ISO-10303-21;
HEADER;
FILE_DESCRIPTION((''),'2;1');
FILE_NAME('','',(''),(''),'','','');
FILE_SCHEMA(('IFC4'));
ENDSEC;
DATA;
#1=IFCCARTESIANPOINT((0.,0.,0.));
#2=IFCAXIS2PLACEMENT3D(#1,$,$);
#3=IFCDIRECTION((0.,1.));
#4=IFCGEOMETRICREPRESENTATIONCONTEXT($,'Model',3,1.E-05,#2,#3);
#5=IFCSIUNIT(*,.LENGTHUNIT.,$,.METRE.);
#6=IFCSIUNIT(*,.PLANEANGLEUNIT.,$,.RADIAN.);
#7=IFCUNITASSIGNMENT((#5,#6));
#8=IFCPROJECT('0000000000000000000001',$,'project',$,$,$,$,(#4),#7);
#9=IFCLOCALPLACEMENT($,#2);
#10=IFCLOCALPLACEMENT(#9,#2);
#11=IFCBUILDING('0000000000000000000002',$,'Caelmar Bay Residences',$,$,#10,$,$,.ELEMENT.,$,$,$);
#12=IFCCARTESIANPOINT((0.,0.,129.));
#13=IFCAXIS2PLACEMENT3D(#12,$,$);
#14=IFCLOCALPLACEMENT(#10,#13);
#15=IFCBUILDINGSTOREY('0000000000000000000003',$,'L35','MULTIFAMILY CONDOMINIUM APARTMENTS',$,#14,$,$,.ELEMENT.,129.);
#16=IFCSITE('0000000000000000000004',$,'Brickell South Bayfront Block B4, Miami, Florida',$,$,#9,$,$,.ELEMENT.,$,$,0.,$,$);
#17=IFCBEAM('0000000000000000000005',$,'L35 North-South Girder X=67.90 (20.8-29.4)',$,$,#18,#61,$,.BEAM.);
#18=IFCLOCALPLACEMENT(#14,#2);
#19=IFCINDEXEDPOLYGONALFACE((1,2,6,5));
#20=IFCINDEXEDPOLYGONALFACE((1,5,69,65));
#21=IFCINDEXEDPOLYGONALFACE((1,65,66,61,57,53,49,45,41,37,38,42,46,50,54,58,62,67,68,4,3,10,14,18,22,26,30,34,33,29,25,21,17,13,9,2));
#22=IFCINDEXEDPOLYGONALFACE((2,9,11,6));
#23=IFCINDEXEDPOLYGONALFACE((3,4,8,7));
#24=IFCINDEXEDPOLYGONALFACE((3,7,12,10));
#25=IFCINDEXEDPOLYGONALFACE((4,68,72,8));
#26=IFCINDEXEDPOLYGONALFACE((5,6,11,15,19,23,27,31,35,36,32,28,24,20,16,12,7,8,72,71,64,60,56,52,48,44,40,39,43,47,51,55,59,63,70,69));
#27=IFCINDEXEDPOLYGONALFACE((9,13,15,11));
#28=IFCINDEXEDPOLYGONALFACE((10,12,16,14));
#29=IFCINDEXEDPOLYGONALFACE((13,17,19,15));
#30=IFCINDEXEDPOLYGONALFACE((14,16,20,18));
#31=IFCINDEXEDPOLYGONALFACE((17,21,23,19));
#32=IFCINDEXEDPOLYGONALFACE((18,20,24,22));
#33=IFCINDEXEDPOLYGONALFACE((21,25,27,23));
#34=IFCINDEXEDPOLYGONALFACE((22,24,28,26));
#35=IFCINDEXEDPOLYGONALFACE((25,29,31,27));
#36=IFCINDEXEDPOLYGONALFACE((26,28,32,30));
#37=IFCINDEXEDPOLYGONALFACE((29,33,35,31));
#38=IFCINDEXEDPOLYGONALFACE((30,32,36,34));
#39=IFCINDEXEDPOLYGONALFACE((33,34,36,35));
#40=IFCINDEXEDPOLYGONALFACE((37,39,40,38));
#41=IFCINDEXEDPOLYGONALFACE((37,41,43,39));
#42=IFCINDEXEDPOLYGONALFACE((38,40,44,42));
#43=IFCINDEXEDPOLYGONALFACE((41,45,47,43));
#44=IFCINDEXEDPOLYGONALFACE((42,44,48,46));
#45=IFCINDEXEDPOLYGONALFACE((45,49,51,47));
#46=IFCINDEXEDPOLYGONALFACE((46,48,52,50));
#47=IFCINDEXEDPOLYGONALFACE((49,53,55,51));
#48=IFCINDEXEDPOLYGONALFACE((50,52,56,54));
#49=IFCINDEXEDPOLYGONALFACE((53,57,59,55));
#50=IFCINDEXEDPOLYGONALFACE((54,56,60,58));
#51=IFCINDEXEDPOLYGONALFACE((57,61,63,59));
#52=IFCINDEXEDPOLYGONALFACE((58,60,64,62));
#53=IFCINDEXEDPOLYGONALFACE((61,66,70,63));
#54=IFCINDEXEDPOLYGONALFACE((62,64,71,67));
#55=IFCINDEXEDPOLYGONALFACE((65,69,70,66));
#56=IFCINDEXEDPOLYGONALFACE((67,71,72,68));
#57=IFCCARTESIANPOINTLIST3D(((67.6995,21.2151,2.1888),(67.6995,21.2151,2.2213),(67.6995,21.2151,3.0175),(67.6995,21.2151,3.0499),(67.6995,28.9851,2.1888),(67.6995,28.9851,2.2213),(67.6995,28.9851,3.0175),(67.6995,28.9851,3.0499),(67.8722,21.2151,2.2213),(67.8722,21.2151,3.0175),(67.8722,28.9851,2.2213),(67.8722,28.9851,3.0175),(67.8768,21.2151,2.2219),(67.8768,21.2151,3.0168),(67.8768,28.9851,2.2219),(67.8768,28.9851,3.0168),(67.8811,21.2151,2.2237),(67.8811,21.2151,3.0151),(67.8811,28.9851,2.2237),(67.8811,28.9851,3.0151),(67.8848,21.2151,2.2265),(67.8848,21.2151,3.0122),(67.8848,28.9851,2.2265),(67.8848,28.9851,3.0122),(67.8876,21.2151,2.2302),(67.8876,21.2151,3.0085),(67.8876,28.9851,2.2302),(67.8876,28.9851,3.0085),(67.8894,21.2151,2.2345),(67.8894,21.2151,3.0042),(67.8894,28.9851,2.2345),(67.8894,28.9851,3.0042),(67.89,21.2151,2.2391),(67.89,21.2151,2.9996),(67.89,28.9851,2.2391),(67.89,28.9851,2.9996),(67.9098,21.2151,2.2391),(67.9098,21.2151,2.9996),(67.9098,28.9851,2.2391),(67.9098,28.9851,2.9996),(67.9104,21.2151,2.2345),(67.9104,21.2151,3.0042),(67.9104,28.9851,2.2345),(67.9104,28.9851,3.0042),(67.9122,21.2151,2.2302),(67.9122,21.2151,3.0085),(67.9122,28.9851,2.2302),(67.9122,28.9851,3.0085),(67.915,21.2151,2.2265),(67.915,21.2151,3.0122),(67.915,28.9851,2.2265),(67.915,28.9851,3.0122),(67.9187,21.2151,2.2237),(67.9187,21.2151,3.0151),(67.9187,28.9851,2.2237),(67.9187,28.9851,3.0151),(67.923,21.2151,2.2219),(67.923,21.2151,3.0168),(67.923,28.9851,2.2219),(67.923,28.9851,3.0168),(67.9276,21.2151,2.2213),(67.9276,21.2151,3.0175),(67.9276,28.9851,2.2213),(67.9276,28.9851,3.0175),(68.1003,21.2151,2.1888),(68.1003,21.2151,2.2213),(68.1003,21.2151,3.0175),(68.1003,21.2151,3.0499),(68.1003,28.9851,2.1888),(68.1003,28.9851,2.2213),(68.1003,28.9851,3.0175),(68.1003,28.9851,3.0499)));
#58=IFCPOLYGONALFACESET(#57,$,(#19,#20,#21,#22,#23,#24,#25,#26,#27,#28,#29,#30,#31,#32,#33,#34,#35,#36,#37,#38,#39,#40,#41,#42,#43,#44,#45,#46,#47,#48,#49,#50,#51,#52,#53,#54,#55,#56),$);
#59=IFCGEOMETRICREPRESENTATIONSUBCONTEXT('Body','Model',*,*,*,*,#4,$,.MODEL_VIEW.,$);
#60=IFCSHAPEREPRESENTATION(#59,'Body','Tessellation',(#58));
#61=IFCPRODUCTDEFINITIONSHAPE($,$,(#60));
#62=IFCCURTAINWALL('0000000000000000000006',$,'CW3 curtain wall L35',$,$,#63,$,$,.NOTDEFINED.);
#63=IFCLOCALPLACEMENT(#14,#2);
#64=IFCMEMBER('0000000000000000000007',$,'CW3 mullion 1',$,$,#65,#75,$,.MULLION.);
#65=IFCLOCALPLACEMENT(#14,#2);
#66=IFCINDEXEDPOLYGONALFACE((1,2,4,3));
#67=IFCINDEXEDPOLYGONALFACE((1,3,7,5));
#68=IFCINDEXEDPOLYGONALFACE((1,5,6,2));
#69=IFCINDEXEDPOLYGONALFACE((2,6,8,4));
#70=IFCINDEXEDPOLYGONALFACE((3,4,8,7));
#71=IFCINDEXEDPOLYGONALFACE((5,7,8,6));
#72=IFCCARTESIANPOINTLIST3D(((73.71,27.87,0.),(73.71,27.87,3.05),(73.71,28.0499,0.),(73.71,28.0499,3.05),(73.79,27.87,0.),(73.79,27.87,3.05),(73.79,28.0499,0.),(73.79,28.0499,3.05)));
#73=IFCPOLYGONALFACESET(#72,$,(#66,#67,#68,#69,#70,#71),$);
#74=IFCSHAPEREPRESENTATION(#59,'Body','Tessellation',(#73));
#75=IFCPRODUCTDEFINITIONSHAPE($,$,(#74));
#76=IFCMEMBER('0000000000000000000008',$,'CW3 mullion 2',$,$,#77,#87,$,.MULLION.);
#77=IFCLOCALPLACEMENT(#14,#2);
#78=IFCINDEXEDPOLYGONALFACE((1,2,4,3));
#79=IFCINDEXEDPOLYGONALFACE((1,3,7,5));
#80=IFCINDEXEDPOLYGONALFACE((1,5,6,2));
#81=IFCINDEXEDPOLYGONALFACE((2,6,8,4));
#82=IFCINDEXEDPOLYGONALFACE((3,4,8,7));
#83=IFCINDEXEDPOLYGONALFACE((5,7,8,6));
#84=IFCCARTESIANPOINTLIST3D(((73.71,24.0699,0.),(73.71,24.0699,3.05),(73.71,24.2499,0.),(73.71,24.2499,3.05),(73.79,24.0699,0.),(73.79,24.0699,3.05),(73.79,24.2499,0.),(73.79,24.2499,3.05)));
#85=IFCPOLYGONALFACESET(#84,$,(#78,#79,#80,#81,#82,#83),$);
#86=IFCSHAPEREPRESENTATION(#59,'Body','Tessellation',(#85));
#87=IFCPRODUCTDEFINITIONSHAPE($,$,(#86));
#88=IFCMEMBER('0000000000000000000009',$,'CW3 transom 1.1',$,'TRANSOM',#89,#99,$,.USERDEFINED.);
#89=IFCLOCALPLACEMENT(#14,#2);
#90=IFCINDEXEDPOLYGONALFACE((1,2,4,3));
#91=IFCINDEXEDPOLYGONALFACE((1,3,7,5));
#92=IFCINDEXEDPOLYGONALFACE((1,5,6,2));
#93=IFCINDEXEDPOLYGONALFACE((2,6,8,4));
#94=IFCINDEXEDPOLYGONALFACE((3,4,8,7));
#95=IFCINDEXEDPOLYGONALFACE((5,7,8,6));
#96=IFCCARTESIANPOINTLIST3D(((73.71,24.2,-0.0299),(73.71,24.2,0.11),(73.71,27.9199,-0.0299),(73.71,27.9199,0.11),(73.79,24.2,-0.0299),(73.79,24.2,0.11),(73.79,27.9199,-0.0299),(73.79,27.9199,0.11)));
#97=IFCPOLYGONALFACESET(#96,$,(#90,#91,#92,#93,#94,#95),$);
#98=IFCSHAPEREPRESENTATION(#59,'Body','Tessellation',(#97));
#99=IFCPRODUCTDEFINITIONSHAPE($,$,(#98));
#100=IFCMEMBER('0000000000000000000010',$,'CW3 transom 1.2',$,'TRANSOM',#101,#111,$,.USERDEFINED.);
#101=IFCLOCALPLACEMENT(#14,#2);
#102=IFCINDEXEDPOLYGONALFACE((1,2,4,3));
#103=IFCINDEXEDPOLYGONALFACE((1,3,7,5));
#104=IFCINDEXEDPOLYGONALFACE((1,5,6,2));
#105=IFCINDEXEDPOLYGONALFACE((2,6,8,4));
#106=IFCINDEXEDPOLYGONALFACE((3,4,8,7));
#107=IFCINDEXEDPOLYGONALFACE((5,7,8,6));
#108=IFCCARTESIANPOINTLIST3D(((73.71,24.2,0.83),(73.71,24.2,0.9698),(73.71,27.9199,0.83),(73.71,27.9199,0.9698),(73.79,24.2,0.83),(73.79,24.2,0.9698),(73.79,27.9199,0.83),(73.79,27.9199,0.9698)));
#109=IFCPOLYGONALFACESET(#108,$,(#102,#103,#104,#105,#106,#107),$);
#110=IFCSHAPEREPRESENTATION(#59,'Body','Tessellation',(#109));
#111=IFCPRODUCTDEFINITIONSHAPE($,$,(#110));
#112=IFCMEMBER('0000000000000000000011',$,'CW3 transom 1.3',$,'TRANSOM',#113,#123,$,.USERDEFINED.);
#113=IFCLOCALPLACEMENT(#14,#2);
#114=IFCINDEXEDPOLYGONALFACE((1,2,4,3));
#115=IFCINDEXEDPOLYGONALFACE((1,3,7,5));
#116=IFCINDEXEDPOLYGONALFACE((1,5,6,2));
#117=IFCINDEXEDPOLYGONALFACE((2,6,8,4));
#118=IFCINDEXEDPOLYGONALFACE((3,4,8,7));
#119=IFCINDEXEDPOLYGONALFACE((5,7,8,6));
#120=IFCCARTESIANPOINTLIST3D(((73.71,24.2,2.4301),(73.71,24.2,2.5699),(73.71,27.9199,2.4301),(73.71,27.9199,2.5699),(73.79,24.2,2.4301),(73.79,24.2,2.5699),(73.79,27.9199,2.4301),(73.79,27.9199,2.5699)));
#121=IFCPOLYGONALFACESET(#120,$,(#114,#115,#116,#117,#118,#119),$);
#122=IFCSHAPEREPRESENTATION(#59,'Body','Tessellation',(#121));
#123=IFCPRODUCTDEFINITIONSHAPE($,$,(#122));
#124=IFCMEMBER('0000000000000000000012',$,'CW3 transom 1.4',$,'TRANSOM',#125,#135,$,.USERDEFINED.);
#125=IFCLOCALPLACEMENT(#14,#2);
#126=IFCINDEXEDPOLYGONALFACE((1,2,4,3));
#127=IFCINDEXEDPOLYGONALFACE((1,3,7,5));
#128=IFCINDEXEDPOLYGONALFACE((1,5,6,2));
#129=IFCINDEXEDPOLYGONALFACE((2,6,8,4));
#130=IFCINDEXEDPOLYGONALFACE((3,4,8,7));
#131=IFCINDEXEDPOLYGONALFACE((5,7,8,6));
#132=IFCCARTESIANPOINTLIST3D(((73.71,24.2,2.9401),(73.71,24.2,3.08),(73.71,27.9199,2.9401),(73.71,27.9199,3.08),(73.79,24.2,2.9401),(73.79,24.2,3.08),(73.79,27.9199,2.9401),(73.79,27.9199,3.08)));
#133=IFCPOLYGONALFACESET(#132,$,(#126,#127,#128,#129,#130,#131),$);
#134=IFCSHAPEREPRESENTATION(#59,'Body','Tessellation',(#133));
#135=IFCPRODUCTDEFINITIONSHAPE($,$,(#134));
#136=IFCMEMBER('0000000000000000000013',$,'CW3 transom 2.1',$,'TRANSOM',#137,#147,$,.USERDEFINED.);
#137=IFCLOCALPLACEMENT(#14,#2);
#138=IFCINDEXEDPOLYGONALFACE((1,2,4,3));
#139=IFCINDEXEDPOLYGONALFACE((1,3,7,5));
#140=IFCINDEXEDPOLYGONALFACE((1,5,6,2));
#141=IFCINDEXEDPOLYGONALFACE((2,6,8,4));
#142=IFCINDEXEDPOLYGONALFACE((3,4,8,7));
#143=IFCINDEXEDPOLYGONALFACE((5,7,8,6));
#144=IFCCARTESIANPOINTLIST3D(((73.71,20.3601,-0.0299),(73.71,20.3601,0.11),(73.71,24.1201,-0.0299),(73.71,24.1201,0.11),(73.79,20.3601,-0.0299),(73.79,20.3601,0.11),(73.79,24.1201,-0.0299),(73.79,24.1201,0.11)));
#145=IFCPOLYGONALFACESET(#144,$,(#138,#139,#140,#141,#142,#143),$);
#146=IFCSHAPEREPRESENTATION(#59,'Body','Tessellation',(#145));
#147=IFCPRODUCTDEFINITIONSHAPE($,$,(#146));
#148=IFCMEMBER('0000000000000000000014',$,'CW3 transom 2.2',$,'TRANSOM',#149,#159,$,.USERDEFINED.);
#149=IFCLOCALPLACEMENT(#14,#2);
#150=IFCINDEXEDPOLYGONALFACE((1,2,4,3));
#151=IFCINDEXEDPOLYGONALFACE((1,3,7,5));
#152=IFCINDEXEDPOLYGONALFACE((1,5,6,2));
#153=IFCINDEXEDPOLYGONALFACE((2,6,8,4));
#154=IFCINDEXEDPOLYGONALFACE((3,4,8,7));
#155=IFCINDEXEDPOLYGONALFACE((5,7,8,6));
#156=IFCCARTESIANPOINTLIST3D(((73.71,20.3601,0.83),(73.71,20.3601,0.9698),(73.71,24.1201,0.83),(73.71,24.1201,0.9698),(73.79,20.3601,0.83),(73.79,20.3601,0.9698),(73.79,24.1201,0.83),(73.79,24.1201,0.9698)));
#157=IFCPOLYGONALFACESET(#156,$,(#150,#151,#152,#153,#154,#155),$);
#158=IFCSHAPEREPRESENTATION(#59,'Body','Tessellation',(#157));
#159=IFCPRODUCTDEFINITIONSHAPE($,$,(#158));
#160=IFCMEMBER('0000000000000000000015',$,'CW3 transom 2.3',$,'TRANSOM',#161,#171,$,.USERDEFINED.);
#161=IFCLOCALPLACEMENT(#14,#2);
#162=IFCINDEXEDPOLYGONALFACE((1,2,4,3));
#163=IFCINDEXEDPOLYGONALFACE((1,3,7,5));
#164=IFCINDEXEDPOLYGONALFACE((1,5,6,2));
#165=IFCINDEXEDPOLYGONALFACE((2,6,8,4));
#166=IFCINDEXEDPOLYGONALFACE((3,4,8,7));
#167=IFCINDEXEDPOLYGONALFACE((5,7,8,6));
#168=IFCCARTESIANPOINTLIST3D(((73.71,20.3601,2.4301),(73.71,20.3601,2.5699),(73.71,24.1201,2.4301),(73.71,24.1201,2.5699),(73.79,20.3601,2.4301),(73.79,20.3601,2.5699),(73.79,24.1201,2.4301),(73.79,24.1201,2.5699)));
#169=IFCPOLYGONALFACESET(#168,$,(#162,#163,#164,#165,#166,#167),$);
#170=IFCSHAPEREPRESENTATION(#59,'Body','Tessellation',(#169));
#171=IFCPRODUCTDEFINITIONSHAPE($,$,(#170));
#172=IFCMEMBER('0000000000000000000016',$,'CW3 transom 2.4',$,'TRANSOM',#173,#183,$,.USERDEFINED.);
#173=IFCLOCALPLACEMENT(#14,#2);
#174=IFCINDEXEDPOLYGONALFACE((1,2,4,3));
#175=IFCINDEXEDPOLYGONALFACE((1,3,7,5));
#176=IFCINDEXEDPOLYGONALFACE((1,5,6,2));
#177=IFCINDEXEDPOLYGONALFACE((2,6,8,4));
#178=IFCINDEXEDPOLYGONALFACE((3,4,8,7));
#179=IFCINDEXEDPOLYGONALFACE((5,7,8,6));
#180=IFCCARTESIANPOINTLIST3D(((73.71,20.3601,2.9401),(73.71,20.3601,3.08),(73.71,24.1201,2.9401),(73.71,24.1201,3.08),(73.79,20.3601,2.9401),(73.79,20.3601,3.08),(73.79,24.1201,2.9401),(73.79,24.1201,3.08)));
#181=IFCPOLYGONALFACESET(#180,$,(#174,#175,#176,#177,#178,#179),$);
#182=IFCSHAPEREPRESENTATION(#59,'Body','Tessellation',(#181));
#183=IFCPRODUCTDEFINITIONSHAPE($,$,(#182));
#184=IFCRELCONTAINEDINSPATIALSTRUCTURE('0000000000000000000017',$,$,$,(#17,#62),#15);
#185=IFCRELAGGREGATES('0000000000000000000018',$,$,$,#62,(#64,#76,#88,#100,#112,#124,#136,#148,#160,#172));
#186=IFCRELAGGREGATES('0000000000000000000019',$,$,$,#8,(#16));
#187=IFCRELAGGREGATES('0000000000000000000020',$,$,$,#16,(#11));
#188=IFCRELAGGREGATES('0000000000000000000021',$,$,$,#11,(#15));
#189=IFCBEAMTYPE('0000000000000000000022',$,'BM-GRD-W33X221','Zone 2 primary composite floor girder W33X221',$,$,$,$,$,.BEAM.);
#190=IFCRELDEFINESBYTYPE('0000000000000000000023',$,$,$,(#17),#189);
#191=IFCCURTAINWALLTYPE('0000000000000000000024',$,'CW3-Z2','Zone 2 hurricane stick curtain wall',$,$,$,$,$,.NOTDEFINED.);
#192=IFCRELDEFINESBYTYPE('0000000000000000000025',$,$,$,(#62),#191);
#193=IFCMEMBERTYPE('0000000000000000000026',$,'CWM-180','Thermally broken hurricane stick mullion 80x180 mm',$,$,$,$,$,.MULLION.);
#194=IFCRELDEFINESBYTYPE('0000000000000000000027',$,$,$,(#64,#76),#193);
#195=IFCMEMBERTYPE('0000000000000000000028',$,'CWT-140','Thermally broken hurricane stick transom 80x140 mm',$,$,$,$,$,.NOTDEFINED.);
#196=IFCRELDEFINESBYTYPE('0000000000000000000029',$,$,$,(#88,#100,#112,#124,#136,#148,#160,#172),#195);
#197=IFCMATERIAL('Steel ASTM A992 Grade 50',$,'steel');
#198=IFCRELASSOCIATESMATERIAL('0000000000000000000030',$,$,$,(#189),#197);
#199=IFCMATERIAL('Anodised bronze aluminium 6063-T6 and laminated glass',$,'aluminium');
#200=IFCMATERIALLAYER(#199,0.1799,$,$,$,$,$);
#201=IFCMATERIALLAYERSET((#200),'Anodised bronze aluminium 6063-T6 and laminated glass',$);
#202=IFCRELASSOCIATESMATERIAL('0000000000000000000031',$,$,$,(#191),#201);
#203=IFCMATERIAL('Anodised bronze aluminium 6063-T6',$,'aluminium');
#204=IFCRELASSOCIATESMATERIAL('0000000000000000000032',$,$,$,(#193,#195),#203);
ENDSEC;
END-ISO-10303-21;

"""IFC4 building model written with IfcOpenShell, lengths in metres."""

from ifc_helpers import new_model, si_unit, direction, frame, origin, origin_2d, place, context, subcontext, project, spatial, rectangle, i_section, extrude, material, layer, layer_set, material_profile, profile_set, type_object, element, aggregate, save


model = new_model("IFC4")

# Units and contexts
model_context = context("Model", 3, precision=1e-05, world=origin(), true_north=direction((0.0, 1.0)))
body_context = subcontext(model_context, "Body", "Model", "MODEL_VIEW")
ifc_project = project(units=[si_unit("LENGTHUNIT", "METRE"), si_unit("PLANEANGLEUNIT", "RADIAN")], contexts=[model_context])

# Site, building, storey
site_placement = place(None, origin())
site = spatial("IfcSite", under=ifc_project, at=site_placement, Name="Brickell South Bayfront Block B4, Miami, Florida", CompositionType="ELEMENT", RefElevation=0.0)
building_placement = place(site_placement, origin())
building = spatial("IfcBuilding", under=site, at=building_placement, Name="Caelmar Bay Residences", CompositionType="ELEMENT")
storey_placement = place(building_placement, frame((0.0, 0.0, 129.0)))
storey = spatial("IfcBuildingStorey", under=building, at=storey_placement, Name="L35", Description="MULTIFAMILY CONDOMINIUM APARTMENTS", CompositionType="ELEMENT", Elevation=129.0)

# Beam
ifc_material_1 = material(Name="Steel ASTM A992 Grade 50", Category="steel")
ifc_material_profile_1 = material_profile(ifc_material_1, i_section(OverallWidth=0.4009, OverallDepth=0.8611, WebThickness=0.0198, FlangeThickness=0.0325, FilletRadius=0.0178, at=origin_2d()), Name="W33X221")
ifc_profile_set_1 = profile_set([ifc_material_profile_1], Name="Steel ASTM A992 Grade 50")
beam_type = type_object("IfcBeamType", Name="BM-GRD-W33X221", Description="Zone 2 primary composite floor girder W33X221", PredefinedType="BEAM", material=ifc_profile_set_1)
beam_placement = place(storey_placement, frame((67.8999, 21.2151, 2.6194), z_axis=(0.0, 1.0, 0.0), x_axis=(-1.0, 0.0, 0.0)))
element("IfcBeam", 1, at=beam_placement, inside=storey, type_object=beam_type, Name="L35 North-South Girder X=67.90 (20.8-29.4)", PredefinedType="BEAM", context=body_context, shape_type="SweptSolid", body=[
    extrude(i_section(OverallWidth=0.4009, OverallDepth=0.8611, WebThickness=0.0198, FlangeThickness=0.0325, FilletRadius=0.0178, at=origin_2d()), origin(), (0.0, 0.0, 1.0), 7.77),
])

# Curtain wall, members
ifc_material_2 = material(Name="Anodised bronze aluminium 6063-T6 and laminated glass", Category="aluminium")
ifc_layer_1 = layer(ifc_material_2, 0.1799)
ifc_layer_set_1 = layer_set([ifc_layer_1], Name="Anodised bronze aluminium 6063-T6 and laminated glass")
curtain_wall_type = type_object("IfcCurtainWallType", Name="CW3-Z2", Description="Zone 2 hurricane stick curtain wall", PredefinedType="NOTDEFINED", material=ifc_layer_set_1)
curtain_wall_placement = place(storey_placement, origin())
curtain_wall = element("IfcCurtainWall", 2, at=curtain_wall_placement, inside=storey, type_object=curtain_wall_type, Name="CW3 curtain wall L35", PredefinedType="NOTDEFINED")
ifc_material_3 = material(Name="Anodised bronze aluminium 6063-T6", Category="aluminium")
ifc_material_profile_2 = material_profile(ifc_material_3, rectangle(XDim=0.0801, YDim=0.1799, at=origin_2d()), Name="CWM-80X180")
ifc_profile_set_2 = profile_set([ifc_material_profile_2], Name="Anodised bronze aluminium 6063-T6")
member_type_1 = type_object("IfcMemberType", Name="CWM-180", Description="Thermally broken hurricane stick mullion 80x180 mm", PredefinedType="MULLION", material=ifc_profile_set_2)
member_1_placement = place(storey_placement, frame((73.75, 27.96, 0.0), z_axis=(0.0, 0.0, 1.0), x_axis=(1.0, 0.0, 0.0)))
member_1 = element("IfcMember", 3, at=member_1_placement, type_object=member_type_1, Name="CW3 mullion 1", PredefinedType="MULLION", context=body_context, shape_type="SweptSolid", body=[
    extrude(rectangle(XDim=0.0801, YDim=0.1799, at=origin_2d()), origin(), (0.0, 0.0, 1.0), 3.05),
])
member_2_placement = place(storey_placement, frame((73.75, 24.1599, 0.0), z_axis=(0.0, 0.0, 1.0), x_axis=(1.0, 0.0, 0.0)))
member_2 = element("IfcMember", 4, at=member_2_placement, type_object=member_type_1, Name="CW3 mullion 2", PredefinedType="MULLION", context=body_context, shape_type="SweptSolid", body=[
    extrude(rectangle(XDim=0.0801, YDim=0.1799, at=origin_2d()), origin(), (0.0, 0.0, 1.0), 3.05),
])
ifc_material_profile_3 = material_profile(ifc_material_3, rectangle(XDim=0.0801, YDim=0.1399, at=origin_2d()), Name="CWT-80X140")
ifc_profile_set_3 = profile_set([ifc_material_profile_3], Name="Anodised bronze aluminium 6063-T6")
member_type_2 = type_object("IfcMemberType", Name="CWT-140", Description="Thermally broken hurricane stick transom 80x140 mm", PredefinedType="NOTDEFINED", material=ifc_profile_set_3)
member_3_placement = place(storey_placement, frame((73.75, 27.9199, 0.04), z_axis=(0.0, -1.0, 0.0), x_axis=(1.0, 0.0, 0.0)))
member_3 = element("IfcMember", 5, at=member_3_placement, type_object=member_type_2, Name="CW3 transom 1.1", ObjectType="TRANSOM", PredefinedType="USERDEFINED", context=body_context, shape_type="SweptSolid", body=[
    extrude(rectangle(XDim=0.0801, YDim=0.1399, at=origin_2d()), origin(), (0.0, 0.0, 1.0), 3.72),
])
member_4_placement = place(storey_placement, frame((73.75, 27.9199, 0.8999), z_axis=(0.0, -1.0, 0.0), x_axis=(1.0, 0.0, 0.0)))
member_4 = element("IfcMember", 6, at=member_4_placement, type_object=member_type_2, Name="CW3 transom 1.2", ObjectType="TRANSOM", PredefinedType="USERDEFINED", context=body_context, shape_type="SweptSolid", body=[
    extrude(rectangle(XDim=0.0801, YDim=0.1399, at=origin_2d()), origin(), (0.0, 0.0, 1.0), 3.72),
])
member_5_placement = place(storey_placement, frame((73.75, 27.9199, 2.5), z_axis=(0.0, -1.0, 0.0), x_axis=(1.0, 0.0, 0.0)))
member_5 = element("IfcMember", 7, at=member_5_placement, type_object=member_type_2, Name="CW3 transom 1.3", ObjectType="TRANSOM", PredefinedType="USERDEFINED", context=body_context, shape_type="SweptSolid", body=[
    extrude(rectangle(XDim=0.0801, YDim=0.1399, at=origin_2d()), origin(), (0.0, 0.0, 1.0), 3.72),
])
member_6_placement = place(storey_placement, frame((73.75, 27.9199, 3.01), z_axis=(0.0, -1.0, 0.0), x_axis=(1.0, 0.0, 0.0)))
member_6 = element("IfcMember", 8, at=member_6_placement, type_object=member_type_2, Name="CW3 transom 1.4", ObjectType="TRANSOM", PredefinedType="USERDEFINED", context=body_context, shape_type="SweptSolid", body=[
    extrude(rectangle(XDim=0.0801, YDim=0.1399, at=origin_2d()), origin(), (0.0, 0.0, 1.0), 3.72),
])
member_7_placement = place(storey_placement, frame((73.75, 24.1201, 0.04), z_axis=(0.0, -1.0, 0.0), x_axis=(1.0, 0.0, 0.0)))
member_7 = element("IfcMember", 9, at=member_7_placement, type_object=member_type_2, Name="CW3 transom 2.1", ObjectType="TRANSOM", PredefinedType="USERDEFINED", context=body_context, shape_type="SweptSolid", body=[
    extrude(rectangle(XDim=0.0801, YDim=0.1399, at=origin_2d()), origin(), (0.0, 0.0, 1.0), 3.76),
])
member_8_placement = place(storey_placement, frame((73.75, 24.1201, 0.8999), z_axis=(0.0, -1.0, 0.0), x_axis=(1.0, 0.0, 0.0)))
member_8 = element("IfcMember", 10, at=member_8_placement, type_object=member_type_2, Name="CW3 transom 2.2", ObjectType="TRANSOM", PredefinedType="USERDEFINED", context=body_context, shape_type="SweptSolid", body=[
    extrude(rectangle(XDim=0.0801, YDim=0.1399, at=origin_2d()), origin(), (0.0, 0.0, 1.0), 3.76),
])
member_9_placement = place(storey_placement, frame((73.75, 24.1201, 2.5), z_axis=(0.0, -1.0, 0.0), x_axis=(1.0, 0.0, 0.0)))
member_9 = element("IfcMember", 11, at=member_9_placement, type_object=member_type_2, Name="CW3 transom 2.3", ObjectType="TRANSOM", PredefinedType="USERDEFINED", context=body_context, shape_type="SweptSolid", body=[
    extrude(rectangle(XDim=0.0801, YDim=0.1399, at=origin_2d()), origin(), (0.0, 0.0, 1.0), 3.76),
])
member_10_placement = place(storey_placement, frame((73.75, 24.1201, 3.01), z_axis=(0.0, -1.0, 0.0), x_axis=(1.0, 0.0, 0.0)))
member_10 = element("IfcMember", 12, at=member_10_placement, type_object=member_type_2, Name="CW3 transom 2.4", ObjectType="TRANSOM", PredefinedType="USERDEFINED", context=body_context, shape_type="SweptSolid", body=[
    extrude(rectangle(XDim=0.0801, YDim=0.1399, at=origin_2d()), origin(), (0.0, 0.0, 1.0), 3.76),
])
aggregate(curtain_wall, [member_1, member_2, member_3, member_4, member_5, member_6, member_7, member_8, member_9, member_10])

save(model, "model.ifc")
